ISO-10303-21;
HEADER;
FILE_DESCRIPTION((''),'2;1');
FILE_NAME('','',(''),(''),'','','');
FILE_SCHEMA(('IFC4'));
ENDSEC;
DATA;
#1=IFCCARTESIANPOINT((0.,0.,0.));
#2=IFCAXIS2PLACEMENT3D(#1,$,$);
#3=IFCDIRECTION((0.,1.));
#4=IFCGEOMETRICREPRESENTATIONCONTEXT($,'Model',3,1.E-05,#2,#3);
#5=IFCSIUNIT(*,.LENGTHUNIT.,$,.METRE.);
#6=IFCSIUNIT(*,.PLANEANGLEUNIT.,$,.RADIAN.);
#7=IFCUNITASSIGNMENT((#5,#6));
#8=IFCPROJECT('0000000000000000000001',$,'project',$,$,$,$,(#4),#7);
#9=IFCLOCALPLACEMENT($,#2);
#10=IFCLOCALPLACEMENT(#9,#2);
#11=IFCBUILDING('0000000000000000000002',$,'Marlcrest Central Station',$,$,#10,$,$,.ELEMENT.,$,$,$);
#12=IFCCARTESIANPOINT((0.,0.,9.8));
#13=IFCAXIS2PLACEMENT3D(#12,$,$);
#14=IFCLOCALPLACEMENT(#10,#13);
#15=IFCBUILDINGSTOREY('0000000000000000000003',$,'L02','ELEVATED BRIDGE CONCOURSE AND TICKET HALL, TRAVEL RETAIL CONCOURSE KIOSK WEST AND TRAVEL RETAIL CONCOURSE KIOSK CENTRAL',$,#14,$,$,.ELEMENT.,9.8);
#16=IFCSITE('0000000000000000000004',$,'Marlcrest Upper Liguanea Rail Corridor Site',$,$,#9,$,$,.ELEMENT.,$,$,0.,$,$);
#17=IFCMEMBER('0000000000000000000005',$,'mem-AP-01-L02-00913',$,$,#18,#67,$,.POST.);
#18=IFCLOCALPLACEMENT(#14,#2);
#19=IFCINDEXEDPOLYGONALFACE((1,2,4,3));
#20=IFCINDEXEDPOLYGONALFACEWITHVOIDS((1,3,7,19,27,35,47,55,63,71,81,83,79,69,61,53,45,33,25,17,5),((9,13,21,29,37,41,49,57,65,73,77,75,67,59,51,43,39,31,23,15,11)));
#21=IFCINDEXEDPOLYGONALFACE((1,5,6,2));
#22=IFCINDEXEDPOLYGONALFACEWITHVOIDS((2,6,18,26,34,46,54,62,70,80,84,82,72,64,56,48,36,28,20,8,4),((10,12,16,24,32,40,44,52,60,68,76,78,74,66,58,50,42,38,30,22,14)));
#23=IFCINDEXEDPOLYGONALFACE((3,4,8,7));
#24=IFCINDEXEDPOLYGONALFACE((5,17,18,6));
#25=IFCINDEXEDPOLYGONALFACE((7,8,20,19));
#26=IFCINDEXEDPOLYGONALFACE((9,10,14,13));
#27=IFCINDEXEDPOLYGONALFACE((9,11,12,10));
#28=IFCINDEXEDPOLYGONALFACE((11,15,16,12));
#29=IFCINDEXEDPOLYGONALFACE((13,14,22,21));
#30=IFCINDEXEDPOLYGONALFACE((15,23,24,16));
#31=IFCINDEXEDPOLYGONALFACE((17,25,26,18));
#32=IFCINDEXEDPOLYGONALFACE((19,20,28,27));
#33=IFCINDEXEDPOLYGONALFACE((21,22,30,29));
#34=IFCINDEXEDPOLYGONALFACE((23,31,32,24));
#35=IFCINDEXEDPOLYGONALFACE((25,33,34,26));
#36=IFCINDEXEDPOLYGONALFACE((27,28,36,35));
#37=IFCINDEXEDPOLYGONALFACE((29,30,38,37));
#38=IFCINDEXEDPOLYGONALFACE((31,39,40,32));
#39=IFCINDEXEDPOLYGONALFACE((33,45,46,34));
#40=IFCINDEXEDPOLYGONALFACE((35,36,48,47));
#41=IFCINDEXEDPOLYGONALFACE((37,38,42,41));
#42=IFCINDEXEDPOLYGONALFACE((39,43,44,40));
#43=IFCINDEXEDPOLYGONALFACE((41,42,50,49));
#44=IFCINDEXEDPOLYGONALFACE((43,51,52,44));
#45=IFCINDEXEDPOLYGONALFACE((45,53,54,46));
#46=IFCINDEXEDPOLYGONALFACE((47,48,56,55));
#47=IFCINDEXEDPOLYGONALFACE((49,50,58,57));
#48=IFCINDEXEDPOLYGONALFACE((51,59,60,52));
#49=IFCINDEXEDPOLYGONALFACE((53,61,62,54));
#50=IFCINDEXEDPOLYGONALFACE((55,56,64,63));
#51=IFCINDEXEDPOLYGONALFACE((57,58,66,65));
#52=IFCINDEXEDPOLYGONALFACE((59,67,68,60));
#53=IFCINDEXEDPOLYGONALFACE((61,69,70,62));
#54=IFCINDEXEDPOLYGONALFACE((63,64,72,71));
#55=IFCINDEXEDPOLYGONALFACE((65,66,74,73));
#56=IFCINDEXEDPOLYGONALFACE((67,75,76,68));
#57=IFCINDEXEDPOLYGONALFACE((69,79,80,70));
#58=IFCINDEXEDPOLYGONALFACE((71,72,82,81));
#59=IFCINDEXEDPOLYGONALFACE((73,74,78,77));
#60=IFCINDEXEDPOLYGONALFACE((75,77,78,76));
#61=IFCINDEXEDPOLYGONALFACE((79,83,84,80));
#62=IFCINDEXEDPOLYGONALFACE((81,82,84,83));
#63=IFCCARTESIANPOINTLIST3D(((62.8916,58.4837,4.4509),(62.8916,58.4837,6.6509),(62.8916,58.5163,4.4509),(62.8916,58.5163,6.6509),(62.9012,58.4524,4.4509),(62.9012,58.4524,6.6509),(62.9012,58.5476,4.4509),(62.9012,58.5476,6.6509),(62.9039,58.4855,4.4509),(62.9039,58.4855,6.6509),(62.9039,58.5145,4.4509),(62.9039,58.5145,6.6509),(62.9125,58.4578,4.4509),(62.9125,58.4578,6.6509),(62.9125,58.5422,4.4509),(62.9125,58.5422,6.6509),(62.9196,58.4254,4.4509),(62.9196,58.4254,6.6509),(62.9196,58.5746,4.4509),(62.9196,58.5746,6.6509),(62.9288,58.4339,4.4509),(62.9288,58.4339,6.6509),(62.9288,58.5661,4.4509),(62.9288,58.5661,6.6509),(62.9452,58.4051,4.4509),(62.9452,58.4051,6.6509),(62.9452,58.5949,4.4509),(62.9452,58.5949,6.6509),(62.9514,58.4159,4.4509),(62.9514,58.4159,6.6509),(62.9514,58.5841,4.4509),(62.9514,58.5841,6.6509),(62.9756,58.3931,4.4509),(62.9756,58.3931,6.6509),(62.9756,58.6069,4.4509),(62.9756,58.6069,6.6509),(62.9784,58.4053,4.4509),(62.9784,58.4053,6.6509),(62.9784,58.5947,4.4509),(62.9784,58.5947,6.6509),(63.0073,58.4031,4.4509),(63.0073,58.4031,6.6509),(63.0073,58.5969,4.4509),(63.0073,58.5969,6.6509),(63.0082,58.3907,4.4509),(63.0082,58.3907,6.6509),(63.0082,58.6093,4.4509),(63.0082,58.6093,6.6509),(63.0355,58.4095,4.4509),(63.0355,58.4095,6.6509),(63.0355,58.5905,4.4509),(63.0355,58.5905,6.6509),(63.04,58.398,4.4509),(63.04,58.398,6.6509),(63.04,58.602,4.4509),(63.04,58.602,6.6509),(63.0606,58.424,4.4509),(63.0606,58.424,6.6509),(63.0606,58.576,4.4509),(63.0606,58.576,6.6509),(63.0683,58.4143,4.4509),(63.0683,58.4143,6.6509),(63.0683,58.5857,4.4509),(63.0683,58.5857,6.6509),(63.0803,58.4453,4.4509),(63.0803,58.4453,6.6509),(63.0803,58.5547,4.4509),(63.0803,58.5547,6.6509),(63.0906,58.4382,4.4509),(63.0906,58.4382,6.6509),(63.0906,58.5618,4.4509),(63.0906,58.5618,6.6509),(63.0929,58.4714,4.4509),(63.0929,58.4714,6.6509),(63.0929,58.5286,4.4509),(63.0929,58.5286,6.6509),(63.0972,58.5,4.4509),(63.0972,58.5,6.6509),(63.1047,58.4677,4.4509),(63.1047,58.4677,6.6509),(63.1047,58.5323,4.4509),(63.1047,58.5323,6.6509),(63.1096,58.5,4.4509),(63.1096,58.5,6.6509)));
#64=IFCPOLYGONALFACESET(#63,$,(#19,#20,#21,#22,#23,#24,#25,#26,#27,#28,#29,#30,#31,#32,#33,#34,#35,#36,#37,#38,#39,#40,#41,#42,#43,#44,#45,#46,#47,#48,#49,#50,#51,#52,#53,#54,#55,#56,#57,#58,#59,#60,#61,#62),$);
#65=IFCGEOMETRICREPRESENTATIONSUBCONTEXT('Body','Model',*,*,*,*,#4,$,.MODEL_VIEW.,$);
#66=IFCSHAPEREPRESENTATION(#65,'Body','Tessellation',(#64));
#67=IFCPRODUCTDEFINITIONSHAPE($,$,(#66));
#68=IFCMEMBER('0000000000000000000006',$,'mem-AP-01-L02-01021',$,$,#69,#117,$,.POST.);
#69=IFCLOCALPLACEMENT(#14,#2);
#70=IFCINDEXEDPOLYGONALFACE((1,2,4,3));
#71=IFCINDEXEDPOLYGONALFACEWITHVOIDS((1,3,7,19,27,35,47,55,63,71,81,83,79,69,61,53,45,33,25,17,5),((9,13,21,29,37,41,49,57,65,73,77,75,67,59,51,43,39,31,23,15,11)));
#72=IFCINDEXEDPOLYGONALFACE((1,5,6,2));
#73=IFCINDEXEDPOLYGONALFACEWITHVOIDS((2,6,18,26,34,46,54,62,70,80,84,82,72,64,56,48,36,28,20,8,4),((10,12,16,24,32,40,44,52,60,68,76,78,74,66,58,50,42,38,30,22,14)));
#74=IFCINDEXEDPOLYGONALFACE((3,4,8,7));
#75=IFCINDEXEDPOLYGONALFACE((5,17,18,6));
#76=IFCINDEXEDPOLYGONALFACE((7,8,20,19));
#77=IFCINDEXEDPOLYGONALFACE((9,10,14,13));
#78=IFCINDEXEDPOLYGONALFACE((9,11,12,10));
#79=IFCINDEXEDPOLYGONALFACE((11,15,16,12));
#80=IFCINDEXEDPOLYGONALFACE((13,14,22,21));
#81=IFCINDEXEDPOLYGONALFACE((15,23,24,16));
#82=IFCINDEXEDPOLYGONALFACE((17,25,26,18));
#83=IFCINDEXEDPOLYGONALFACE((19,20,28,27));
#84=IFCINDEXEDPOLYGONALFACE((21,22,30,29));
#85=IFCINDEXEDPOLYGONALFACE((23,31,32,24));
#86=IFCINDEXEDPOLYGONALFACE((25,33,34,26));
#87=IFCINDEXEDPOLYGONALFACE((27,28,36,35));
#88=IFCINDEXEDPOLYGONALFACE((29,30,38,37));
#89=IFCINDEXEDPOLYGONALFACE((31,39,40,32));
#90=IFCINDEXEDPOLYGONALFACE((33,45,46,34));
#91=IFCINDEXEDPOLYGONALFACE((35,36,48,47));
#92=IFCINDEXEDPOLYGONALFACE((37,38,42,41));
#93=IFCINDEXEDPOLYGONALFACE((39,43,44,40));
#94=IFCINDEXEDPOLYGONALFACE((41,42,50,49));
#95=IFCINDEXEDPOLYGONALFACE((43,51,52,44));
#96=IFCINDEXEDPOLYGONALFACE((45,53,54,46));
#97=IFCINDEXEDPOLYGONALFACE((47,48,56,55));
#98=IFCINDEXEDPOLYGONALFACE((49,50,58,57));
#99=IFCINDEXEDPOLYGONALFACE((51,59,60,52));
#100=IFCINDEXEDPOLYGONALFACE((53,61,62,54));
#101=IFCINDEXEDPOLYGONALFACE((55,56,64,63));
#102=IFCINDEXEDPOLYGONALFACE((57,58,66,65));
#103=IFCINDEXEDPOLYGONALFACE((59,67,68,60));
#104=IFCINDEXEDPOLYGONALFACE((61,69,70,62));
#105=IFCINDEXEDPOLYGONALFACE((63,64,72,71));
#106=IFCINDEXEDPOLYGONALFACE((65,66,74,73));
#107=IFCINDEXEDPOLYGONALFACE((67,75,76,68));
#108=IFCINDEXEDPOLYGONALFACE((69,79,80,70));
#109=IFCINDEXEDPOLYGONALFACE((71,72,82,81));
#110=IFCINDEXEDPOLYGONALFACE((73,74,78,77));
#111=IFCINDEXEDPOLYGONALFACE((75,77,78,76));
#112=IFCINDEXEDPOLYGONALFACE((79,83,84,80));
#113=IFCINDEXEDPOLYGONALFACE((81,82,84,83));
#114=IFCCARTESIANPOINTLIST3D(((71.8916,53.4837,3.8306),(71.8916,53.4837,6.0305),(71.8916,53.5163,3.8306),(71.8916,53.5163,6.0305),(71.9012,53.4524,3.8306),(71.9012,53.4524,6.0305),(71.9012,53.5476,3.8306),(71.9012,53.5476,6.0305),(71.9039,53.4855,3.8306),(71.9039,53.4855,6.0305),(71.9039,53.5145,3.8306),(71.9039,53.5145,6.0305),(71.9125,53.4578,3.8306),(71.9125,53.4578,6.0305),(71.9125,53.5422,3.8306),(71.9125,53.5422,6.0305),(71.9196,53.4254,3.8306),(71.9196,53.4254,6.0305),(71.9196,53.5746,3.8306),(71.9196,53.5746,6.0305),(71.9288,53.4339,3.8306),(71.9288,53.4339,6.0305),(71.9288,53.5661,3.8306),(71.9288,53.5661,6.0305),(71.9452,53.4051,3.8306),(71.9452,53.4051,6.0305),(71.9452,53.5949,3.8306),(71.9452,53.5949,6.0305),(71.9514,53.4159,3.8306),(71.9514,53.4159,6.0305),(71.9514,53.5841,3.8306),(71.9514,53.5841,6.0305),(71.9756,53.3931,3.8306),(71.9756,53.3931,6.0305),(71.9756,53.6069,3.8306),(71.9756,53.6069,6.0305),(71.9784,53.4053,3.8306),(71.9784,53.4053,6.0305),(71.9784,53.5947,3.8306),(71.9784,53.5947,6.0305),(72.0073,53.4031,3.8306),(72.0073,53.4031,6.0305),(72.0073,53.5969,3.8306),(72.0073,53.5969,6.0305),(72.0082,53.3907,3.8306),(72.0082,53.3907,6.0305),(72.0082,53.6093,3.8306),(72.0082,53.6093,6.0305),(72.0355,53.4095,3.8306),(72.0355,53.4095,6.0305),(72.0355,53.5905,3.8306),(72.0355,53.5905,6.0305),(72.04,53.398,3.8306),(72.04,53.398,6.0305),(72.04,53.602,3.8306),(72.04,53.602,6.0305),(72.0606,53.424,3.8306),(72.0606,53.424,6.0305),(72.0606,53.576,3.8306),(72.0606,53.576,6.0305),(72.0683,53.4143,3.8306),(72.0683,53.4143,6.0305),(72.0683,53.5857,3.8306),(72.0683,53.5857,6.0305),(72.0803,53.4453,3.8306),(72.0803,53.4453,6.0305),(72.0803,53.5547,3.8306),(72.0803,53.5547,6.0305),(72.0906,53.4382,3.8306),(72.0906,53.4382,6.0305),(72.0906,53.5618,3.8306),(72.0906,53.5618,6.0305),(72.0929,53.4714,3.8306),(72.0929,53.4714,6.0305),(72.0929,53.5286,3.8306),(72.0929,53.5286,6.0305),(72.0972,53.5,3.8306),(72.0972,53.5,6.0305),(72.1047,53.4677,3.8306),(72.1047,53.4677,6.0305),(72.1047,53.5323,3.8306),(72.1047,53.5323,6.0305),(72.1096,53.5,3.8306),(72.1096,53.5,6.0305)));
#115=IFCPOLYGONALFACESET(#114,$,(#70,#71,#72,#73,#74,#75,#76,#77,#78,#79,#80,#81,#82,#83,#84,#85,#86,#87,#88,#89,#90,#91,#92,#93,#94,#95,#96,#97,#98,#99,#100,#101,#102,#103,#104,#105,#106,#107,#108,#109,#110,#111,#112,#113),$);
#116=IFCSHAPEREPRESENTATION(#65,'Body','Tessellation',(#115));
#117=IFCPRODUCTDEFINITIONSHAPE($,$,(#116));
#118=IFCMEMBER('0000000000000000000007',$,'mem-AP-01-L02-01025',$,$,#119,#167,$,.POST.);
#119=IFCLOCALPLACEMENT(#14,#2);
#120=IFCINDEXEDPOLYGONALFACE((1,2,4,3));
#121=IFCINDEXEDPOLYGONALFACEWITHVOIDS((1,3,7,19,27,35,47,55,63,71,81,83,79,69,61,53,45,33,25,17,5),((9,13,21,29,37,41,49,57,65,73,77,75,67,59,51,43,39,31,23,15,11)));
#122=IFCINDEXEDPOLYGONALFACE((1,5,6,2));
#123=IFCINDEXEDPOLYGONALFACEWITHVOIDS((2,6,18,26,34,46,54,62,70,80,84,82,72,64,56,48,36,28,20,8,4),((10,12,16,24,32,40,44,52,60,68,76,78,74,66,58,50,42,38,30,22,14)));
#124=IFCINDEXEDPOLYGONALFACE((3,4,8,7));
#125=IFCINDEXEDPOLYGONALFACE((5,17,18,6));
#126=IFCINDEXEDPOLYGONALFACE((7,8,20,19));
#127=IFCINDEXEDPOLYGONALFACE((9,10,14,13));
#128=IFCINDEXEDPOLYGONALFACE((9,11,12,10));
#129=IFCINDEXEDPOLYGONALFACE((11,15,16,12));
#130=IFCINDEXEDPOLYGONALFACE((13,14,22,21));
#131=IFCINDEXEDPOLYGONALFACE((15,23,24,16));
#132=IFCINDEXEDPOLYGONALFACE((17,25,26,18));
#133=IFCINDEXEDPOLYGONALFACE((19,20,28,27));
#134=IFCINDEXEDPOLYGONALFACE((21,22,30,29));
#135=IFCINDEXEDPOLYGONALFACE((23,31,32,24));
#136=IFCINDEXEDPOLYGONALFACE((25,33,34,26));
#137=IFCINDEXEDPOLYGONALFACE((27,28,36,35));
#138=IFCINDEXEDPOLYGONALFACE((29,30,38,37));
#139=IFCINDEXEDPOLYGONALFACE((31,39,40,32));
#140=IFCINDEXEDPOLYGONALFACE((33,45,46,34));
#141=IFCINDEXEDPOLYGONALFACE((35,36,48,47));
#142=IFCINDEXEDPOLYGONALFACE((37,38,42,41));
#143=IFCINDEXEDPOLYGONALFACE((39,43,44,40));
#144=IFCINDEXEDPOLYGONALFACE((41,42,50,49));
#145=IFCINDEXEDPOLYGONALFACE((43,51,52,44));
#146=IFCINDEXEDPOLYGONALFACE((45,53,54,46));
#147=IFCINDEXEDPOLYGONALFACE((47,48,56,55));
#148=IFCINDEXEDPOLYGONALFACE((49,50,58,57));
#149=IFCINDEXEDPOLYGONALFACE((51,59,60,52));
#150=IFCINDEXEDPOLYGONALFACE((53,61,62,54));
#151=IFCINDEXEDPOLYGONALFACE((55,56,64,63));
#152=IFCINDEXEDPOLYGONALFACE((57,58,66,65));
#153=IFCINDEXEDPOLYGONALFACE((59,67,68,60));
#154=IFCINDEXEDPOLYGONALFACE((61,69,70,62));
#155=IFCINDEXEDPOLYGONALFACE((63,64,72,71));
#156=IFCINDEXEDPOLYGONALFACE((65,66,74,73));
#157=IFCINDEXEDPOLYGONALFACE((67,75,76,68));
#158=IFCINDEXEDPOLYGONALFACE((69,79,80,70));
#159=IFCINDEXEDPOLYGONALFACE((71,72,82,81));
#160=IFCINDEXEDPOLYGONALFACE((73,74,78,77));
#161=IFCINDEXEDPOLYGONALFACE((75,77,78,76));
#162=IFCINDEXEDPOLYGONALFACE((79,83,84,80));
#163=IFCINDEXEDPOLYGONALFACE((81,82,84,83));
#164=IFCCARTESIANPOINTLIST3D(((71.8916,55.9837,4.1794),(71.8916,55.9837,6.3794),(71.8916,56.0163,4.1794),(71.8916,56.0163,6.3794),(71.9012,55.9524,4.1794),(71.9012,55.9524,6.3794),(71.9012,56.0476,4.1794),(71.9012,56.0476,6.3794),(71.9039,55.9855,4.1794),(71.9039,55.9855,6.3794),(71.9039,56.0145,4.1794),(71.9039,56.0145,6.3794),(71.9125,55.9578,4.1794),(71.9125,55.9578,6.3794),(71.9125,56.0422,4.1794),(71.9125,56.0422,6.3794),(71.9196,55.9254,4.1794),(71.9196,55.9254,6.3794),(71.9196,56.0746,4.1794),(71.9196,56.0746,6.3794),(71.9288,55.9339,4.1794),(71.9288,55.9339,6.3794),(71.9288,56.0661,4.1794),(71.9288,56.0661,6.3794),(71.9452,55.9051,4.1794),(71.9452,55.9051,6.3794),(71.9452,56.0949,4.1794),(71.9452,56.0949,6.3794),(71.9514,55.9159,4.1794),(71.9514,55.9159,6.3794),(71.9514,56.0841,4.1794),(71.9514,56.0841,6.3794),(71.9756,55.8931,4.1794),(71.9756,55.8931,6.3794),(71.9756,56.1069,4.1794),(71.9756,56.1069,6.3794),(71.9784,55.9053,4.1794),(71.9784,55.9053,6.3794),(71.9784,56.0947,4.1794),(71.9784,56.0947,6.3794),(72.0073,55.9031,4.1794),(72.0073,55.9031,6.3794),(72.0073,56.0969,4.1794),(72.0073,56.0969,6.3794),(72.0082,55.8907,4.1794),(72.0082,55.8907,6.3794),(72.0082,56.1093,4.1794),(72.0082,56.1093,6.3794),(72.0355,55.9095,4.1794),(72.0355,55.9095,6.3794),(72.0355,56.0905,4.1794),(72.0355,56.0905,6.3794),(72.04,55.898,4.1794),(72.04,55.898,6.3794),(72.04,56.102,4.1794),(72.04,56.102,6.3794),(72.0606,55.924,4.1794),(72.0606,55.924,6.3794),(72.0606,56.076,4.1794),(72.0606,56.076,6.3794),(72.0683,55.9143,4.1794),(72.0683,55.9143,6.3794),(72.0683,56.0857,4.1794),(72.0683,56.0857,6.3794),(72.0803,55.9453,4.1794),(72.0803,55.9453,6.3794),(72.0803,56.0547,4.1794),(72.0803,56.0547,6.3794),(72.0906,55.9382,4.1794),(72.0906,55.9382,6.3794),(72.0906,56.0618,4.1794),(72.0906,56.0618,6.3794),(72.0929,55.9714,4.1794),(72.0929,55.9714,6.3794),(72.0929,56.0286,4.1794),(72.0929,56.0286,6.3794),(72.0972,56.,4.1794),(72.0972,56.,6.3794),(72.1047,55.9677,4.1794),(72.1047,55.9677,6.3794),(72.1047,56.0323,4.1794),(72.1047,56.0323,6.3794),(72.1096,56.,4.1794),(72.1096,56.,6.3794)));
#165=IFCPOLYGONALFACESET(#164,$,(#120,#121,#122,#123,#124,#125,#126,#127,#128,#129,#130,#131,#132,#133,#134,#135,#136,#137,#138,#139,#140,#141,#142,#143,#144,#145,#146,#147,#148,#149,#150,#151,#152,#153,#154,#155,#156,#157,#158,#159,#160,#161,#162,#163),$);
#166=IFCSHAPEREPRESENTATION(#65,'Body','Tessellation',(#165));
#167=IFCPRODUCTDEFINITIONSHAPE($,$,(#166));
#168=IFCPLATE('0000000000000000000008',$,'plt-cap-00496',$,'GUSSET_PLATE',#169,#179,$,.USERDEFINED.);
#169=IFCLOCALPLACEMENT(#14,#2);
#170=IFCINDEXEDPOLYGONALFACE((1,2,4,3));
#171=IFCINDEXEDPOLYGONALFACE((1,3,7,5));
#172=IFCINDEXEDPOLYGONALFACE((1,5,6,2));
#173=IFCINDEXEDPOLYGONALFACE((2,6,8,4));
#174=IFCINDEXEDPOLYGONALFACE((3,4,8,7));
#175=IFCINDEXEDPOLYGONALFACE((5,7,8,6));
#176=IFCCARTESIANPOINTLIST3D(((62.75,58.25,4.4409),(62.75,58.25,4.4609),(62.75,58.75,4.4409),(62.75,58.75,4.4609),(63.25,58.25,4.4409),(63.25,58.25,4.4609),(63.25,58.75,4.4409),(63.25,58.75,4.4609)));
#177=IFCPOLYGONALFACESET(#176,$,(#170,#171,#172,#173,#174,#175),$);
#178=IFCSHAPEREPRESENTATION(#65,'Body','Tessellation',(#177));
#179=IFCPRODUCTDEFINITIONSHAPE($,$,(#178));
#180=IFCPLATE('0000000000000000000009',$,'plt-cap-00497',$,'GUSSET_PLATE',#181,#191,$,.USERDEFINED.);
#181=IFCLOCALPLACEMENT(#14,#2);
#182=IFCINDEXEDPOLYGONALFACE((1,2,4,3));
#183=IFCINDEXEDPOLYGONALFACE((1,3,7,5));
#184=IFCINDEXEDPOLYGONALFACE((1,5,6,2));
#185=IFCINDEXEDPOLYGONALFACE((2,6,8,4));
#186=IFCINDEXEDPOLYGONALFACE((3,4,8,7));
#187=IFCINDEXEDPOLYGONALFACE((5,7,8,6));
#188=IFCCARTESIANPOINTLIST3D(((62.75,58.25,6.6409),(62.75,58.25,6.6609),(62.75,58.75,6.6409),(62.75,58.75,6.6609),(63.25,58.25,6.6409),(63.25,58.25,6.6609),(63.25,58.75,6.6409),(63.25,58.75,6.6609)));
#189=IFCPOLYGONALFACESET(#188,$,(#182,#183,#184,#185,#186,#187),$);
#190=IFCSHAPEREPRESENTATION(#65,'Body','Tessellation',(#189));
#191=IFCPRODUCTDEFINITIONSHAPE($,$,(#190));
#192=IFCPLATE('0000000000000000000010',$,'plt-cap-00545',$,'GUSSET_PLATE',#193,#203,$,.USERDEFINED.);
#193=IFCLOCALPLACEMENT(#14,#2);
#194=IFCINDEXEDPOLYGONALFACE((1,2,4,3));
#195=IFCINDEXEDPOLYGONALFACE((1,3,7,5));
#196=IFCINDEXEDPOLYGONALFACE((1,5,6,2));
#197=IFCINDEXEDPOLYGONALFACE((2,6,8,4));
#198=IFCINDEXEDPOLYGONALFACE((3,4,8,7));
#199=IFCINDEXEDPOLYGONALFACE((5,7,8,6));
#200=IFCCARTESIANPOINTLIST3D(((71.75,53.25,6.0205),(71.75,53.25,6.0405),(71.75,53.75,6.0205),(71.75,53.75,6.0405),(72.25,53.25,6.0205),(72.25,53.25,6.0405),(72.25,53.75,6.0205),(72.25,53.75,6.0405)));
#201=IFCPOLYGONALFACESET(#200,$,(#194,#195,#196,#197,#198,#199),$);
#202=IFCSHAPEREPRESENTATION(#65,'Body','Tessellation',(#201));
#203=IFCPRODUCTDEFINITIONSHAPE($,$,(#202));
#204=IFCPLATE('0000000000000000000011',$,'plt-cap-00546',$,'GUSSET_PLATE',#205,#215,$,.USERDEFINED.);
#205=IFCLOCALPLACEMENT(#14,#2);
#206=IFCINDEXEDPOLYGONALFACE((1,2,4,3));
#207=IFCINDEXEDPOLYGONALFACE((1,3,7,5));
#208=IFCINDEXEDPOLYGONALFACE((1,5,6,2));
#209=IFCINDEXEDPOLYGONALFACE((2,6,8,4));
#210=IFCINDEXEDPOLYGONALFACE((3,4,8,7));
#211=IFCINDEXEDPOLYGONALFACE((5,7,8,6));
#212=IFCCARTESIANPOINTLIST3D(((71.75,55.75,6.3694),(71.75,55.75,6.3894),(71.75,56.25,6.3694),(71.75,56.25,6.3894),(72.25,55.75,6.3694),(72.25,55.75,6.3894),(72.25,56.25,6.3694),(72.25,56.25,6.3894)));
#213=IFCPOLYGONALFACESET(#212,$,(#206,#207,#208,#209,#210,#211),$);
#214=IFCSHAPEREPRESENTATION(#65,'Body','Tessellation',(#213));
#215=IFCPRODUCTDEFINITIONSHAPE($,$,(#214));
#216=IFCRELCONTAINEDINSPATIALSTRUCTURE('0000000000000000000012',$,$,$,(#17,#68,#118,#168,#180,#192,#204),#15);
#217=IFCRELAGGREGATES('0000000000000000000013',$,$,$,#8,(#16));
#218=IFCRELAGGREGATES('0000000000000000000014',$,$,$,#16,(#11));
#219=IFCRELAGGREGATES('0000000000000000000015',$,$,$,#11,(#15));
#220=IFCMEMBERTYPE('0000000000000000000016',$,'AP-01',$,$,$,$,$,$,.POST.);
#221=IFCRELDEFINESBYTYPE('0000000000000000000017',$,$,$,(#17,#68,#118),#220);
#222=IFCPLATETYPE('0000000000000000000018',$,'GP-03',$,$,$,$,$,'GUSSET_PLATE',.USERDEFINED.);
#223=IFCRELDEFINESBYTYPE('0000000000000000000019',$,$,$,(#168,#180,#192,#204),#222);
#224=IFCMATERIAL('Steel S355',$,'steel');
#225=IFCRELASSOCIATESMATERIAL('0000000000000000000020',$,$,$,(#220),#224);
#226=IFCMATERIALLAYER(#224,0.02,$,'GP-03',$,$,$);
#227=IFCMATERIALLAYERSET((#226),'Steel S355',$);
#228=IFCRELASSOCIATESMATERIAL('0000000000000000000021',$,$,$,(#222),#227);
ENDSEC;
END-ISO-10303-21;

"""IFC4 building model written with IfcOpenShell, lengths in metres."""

from ifc_helpers import new_model, si_unit, direction, frame, origin, origin_2d, place, context, subcontext, project, spatial, rectangle, hollow_circle, extrude, material, layer, layer_set, material_profile, profile_set, type_object, element, save


model = new_model("IFC4")

# Units and contexts
model_context = context("Model", 3, precision=1e-05, world=origin(), true_north=direction((0.0, 1.0)))
body_context = subcontext(model_context, "Body", "Model", "MODEL_VIEW")
ifc_project = project(units=[si_unit("LENGTHUNIT", "METRE"), si_unit("PLANEANGLEUNIT", "RADIAN")], contexts=[model_context])

# Site, building, storey
site_placement = place(None, origin())
site = spatial("IfcSite", under=ifc_project, at=site_placement, Name="Marlcrest Upper Liguanea Rail Corridor Site", CompositionType="ELEMENT", RefElevation=0.0)
building_placement = place(site_placement, origin())
building = spatial("IfcBuilding", under=site, at=building_placement, Name="Marlcrest Central Station", CompositionType="ELEMENT")
storey_placement = place(building_placement, frame((0.0, 0.0, 9.8)))
storey = spatial("IfcBuildingStorey", under=building, at=storey_placement, Name="L02", Description="ELEVATED BRIDGE CONCOURSE AND TICKET HALL, TRAVEL RETAIL CONCOURSE KIOSK WEST AND TRAVEL RETAIL CONCOURSE KIOSK CENTRAL", CompositionType="ELEMENT", Elevation=9.8)

# Members
ifc_material = material(Name="Steel S355", Category="steel")
ifc_material_profile_1 = material_profile(ifc_material, hollow_circle(Radius=0.1096, WallThickness=0.0125, at=origin_2d()), Name="CHS 219.1x12.5")
ifc_profile_set_1 = profile_set([ifc_material_profile_1], Name="Steel S355")
member_type_1 = type_object("IfcMemberType", Name="AP-01", PredefinedType="POST", material=ifc_profile_set_1)
for number, where, z_axis, x_axis, name in (
    (1, (63.0, 58.5, 4.4509), (0.0, 0.0, 1.0), (1.0, 0.0, 0.0), "mem-AP-01-L02-00913"),
    (2, (72.0, 53.5, 3.8306), (0.0, 0.0, 1.0), (1.0, 0.0, 0.0), "mem-AP-01-L02-01021"),
    (3, (72.0, 56.0, 4.1794), (0.0, 0.0, 1.0), (1.0, 0.0, 0.0), "mem-AP-01-L02-01025"),
):
    element("IfcMember", number, at=place(storey_placement, frame(where, z_axis=z_axis, x_axis=x_axis)), inside=storey, type_object=member_type_1, Name=name, PredefinedType="POST", context=body_context, shape_type="SweptSolid", body=[
        extrude(hollow_circle(Radius=0.1096, WallThickness=0.0125, at=origin_2d()), origin(), (0.0, 0.0, 1.0), 2.2),
    ])

# Plates
ifc_layer = layer(ifc_material, 0.02, Name="GP-03")
ifc_layer_set = layer_set([ifc_layer], Name="Steel S355")
plate_type = type_object("IfcPlateType", Name="GP-03", ElementType="GUSSET_PLATE", PredefinedType="USERDEFINED", material=ifc_layer_set)
for number, where, z_axis, x_axis, name in (
    (4, (63.0, 58.5, 4.4409), (0.0, 0.0, 1.0), (1.0, 0.0, 0.0), "plt-cap-00496"),
    (5, (63.0, 58.5, 6.6409), (0.0, 0.0, 1.0), (1.0, 0.0, 0.0), "plt-cap-00497"),
    (6, (72.0, 53.5, 6.0205), (0.0, 0.0, 1.0), (1.0, 0.0, 0.0), "plt-cap-00545"),
    (7, (72.0, 56.0, 6.3694), (0.0, 0.0, 1.0), (1.0, 0.0, 0.0), "plt-cap-00546"),
):
    element("IfcPlate", number, at=place(storey_placement, frame(where, z_axis=z_axis, x_axis=x_axis)), inside=storey, type_object=plate_type, Name=name, ObjectType="GUSSET_PLATE", PredefinedType="USERDEFINED", context=body_context, shape_type="SweptSolid", body=[
        extrude(rectangle(XDim=0.5, YDim=0.5, at=origin_2d()), origin(), (0.0, 0.0, 1.0), 0.02),
    ])

save(model, "model.ifc")
